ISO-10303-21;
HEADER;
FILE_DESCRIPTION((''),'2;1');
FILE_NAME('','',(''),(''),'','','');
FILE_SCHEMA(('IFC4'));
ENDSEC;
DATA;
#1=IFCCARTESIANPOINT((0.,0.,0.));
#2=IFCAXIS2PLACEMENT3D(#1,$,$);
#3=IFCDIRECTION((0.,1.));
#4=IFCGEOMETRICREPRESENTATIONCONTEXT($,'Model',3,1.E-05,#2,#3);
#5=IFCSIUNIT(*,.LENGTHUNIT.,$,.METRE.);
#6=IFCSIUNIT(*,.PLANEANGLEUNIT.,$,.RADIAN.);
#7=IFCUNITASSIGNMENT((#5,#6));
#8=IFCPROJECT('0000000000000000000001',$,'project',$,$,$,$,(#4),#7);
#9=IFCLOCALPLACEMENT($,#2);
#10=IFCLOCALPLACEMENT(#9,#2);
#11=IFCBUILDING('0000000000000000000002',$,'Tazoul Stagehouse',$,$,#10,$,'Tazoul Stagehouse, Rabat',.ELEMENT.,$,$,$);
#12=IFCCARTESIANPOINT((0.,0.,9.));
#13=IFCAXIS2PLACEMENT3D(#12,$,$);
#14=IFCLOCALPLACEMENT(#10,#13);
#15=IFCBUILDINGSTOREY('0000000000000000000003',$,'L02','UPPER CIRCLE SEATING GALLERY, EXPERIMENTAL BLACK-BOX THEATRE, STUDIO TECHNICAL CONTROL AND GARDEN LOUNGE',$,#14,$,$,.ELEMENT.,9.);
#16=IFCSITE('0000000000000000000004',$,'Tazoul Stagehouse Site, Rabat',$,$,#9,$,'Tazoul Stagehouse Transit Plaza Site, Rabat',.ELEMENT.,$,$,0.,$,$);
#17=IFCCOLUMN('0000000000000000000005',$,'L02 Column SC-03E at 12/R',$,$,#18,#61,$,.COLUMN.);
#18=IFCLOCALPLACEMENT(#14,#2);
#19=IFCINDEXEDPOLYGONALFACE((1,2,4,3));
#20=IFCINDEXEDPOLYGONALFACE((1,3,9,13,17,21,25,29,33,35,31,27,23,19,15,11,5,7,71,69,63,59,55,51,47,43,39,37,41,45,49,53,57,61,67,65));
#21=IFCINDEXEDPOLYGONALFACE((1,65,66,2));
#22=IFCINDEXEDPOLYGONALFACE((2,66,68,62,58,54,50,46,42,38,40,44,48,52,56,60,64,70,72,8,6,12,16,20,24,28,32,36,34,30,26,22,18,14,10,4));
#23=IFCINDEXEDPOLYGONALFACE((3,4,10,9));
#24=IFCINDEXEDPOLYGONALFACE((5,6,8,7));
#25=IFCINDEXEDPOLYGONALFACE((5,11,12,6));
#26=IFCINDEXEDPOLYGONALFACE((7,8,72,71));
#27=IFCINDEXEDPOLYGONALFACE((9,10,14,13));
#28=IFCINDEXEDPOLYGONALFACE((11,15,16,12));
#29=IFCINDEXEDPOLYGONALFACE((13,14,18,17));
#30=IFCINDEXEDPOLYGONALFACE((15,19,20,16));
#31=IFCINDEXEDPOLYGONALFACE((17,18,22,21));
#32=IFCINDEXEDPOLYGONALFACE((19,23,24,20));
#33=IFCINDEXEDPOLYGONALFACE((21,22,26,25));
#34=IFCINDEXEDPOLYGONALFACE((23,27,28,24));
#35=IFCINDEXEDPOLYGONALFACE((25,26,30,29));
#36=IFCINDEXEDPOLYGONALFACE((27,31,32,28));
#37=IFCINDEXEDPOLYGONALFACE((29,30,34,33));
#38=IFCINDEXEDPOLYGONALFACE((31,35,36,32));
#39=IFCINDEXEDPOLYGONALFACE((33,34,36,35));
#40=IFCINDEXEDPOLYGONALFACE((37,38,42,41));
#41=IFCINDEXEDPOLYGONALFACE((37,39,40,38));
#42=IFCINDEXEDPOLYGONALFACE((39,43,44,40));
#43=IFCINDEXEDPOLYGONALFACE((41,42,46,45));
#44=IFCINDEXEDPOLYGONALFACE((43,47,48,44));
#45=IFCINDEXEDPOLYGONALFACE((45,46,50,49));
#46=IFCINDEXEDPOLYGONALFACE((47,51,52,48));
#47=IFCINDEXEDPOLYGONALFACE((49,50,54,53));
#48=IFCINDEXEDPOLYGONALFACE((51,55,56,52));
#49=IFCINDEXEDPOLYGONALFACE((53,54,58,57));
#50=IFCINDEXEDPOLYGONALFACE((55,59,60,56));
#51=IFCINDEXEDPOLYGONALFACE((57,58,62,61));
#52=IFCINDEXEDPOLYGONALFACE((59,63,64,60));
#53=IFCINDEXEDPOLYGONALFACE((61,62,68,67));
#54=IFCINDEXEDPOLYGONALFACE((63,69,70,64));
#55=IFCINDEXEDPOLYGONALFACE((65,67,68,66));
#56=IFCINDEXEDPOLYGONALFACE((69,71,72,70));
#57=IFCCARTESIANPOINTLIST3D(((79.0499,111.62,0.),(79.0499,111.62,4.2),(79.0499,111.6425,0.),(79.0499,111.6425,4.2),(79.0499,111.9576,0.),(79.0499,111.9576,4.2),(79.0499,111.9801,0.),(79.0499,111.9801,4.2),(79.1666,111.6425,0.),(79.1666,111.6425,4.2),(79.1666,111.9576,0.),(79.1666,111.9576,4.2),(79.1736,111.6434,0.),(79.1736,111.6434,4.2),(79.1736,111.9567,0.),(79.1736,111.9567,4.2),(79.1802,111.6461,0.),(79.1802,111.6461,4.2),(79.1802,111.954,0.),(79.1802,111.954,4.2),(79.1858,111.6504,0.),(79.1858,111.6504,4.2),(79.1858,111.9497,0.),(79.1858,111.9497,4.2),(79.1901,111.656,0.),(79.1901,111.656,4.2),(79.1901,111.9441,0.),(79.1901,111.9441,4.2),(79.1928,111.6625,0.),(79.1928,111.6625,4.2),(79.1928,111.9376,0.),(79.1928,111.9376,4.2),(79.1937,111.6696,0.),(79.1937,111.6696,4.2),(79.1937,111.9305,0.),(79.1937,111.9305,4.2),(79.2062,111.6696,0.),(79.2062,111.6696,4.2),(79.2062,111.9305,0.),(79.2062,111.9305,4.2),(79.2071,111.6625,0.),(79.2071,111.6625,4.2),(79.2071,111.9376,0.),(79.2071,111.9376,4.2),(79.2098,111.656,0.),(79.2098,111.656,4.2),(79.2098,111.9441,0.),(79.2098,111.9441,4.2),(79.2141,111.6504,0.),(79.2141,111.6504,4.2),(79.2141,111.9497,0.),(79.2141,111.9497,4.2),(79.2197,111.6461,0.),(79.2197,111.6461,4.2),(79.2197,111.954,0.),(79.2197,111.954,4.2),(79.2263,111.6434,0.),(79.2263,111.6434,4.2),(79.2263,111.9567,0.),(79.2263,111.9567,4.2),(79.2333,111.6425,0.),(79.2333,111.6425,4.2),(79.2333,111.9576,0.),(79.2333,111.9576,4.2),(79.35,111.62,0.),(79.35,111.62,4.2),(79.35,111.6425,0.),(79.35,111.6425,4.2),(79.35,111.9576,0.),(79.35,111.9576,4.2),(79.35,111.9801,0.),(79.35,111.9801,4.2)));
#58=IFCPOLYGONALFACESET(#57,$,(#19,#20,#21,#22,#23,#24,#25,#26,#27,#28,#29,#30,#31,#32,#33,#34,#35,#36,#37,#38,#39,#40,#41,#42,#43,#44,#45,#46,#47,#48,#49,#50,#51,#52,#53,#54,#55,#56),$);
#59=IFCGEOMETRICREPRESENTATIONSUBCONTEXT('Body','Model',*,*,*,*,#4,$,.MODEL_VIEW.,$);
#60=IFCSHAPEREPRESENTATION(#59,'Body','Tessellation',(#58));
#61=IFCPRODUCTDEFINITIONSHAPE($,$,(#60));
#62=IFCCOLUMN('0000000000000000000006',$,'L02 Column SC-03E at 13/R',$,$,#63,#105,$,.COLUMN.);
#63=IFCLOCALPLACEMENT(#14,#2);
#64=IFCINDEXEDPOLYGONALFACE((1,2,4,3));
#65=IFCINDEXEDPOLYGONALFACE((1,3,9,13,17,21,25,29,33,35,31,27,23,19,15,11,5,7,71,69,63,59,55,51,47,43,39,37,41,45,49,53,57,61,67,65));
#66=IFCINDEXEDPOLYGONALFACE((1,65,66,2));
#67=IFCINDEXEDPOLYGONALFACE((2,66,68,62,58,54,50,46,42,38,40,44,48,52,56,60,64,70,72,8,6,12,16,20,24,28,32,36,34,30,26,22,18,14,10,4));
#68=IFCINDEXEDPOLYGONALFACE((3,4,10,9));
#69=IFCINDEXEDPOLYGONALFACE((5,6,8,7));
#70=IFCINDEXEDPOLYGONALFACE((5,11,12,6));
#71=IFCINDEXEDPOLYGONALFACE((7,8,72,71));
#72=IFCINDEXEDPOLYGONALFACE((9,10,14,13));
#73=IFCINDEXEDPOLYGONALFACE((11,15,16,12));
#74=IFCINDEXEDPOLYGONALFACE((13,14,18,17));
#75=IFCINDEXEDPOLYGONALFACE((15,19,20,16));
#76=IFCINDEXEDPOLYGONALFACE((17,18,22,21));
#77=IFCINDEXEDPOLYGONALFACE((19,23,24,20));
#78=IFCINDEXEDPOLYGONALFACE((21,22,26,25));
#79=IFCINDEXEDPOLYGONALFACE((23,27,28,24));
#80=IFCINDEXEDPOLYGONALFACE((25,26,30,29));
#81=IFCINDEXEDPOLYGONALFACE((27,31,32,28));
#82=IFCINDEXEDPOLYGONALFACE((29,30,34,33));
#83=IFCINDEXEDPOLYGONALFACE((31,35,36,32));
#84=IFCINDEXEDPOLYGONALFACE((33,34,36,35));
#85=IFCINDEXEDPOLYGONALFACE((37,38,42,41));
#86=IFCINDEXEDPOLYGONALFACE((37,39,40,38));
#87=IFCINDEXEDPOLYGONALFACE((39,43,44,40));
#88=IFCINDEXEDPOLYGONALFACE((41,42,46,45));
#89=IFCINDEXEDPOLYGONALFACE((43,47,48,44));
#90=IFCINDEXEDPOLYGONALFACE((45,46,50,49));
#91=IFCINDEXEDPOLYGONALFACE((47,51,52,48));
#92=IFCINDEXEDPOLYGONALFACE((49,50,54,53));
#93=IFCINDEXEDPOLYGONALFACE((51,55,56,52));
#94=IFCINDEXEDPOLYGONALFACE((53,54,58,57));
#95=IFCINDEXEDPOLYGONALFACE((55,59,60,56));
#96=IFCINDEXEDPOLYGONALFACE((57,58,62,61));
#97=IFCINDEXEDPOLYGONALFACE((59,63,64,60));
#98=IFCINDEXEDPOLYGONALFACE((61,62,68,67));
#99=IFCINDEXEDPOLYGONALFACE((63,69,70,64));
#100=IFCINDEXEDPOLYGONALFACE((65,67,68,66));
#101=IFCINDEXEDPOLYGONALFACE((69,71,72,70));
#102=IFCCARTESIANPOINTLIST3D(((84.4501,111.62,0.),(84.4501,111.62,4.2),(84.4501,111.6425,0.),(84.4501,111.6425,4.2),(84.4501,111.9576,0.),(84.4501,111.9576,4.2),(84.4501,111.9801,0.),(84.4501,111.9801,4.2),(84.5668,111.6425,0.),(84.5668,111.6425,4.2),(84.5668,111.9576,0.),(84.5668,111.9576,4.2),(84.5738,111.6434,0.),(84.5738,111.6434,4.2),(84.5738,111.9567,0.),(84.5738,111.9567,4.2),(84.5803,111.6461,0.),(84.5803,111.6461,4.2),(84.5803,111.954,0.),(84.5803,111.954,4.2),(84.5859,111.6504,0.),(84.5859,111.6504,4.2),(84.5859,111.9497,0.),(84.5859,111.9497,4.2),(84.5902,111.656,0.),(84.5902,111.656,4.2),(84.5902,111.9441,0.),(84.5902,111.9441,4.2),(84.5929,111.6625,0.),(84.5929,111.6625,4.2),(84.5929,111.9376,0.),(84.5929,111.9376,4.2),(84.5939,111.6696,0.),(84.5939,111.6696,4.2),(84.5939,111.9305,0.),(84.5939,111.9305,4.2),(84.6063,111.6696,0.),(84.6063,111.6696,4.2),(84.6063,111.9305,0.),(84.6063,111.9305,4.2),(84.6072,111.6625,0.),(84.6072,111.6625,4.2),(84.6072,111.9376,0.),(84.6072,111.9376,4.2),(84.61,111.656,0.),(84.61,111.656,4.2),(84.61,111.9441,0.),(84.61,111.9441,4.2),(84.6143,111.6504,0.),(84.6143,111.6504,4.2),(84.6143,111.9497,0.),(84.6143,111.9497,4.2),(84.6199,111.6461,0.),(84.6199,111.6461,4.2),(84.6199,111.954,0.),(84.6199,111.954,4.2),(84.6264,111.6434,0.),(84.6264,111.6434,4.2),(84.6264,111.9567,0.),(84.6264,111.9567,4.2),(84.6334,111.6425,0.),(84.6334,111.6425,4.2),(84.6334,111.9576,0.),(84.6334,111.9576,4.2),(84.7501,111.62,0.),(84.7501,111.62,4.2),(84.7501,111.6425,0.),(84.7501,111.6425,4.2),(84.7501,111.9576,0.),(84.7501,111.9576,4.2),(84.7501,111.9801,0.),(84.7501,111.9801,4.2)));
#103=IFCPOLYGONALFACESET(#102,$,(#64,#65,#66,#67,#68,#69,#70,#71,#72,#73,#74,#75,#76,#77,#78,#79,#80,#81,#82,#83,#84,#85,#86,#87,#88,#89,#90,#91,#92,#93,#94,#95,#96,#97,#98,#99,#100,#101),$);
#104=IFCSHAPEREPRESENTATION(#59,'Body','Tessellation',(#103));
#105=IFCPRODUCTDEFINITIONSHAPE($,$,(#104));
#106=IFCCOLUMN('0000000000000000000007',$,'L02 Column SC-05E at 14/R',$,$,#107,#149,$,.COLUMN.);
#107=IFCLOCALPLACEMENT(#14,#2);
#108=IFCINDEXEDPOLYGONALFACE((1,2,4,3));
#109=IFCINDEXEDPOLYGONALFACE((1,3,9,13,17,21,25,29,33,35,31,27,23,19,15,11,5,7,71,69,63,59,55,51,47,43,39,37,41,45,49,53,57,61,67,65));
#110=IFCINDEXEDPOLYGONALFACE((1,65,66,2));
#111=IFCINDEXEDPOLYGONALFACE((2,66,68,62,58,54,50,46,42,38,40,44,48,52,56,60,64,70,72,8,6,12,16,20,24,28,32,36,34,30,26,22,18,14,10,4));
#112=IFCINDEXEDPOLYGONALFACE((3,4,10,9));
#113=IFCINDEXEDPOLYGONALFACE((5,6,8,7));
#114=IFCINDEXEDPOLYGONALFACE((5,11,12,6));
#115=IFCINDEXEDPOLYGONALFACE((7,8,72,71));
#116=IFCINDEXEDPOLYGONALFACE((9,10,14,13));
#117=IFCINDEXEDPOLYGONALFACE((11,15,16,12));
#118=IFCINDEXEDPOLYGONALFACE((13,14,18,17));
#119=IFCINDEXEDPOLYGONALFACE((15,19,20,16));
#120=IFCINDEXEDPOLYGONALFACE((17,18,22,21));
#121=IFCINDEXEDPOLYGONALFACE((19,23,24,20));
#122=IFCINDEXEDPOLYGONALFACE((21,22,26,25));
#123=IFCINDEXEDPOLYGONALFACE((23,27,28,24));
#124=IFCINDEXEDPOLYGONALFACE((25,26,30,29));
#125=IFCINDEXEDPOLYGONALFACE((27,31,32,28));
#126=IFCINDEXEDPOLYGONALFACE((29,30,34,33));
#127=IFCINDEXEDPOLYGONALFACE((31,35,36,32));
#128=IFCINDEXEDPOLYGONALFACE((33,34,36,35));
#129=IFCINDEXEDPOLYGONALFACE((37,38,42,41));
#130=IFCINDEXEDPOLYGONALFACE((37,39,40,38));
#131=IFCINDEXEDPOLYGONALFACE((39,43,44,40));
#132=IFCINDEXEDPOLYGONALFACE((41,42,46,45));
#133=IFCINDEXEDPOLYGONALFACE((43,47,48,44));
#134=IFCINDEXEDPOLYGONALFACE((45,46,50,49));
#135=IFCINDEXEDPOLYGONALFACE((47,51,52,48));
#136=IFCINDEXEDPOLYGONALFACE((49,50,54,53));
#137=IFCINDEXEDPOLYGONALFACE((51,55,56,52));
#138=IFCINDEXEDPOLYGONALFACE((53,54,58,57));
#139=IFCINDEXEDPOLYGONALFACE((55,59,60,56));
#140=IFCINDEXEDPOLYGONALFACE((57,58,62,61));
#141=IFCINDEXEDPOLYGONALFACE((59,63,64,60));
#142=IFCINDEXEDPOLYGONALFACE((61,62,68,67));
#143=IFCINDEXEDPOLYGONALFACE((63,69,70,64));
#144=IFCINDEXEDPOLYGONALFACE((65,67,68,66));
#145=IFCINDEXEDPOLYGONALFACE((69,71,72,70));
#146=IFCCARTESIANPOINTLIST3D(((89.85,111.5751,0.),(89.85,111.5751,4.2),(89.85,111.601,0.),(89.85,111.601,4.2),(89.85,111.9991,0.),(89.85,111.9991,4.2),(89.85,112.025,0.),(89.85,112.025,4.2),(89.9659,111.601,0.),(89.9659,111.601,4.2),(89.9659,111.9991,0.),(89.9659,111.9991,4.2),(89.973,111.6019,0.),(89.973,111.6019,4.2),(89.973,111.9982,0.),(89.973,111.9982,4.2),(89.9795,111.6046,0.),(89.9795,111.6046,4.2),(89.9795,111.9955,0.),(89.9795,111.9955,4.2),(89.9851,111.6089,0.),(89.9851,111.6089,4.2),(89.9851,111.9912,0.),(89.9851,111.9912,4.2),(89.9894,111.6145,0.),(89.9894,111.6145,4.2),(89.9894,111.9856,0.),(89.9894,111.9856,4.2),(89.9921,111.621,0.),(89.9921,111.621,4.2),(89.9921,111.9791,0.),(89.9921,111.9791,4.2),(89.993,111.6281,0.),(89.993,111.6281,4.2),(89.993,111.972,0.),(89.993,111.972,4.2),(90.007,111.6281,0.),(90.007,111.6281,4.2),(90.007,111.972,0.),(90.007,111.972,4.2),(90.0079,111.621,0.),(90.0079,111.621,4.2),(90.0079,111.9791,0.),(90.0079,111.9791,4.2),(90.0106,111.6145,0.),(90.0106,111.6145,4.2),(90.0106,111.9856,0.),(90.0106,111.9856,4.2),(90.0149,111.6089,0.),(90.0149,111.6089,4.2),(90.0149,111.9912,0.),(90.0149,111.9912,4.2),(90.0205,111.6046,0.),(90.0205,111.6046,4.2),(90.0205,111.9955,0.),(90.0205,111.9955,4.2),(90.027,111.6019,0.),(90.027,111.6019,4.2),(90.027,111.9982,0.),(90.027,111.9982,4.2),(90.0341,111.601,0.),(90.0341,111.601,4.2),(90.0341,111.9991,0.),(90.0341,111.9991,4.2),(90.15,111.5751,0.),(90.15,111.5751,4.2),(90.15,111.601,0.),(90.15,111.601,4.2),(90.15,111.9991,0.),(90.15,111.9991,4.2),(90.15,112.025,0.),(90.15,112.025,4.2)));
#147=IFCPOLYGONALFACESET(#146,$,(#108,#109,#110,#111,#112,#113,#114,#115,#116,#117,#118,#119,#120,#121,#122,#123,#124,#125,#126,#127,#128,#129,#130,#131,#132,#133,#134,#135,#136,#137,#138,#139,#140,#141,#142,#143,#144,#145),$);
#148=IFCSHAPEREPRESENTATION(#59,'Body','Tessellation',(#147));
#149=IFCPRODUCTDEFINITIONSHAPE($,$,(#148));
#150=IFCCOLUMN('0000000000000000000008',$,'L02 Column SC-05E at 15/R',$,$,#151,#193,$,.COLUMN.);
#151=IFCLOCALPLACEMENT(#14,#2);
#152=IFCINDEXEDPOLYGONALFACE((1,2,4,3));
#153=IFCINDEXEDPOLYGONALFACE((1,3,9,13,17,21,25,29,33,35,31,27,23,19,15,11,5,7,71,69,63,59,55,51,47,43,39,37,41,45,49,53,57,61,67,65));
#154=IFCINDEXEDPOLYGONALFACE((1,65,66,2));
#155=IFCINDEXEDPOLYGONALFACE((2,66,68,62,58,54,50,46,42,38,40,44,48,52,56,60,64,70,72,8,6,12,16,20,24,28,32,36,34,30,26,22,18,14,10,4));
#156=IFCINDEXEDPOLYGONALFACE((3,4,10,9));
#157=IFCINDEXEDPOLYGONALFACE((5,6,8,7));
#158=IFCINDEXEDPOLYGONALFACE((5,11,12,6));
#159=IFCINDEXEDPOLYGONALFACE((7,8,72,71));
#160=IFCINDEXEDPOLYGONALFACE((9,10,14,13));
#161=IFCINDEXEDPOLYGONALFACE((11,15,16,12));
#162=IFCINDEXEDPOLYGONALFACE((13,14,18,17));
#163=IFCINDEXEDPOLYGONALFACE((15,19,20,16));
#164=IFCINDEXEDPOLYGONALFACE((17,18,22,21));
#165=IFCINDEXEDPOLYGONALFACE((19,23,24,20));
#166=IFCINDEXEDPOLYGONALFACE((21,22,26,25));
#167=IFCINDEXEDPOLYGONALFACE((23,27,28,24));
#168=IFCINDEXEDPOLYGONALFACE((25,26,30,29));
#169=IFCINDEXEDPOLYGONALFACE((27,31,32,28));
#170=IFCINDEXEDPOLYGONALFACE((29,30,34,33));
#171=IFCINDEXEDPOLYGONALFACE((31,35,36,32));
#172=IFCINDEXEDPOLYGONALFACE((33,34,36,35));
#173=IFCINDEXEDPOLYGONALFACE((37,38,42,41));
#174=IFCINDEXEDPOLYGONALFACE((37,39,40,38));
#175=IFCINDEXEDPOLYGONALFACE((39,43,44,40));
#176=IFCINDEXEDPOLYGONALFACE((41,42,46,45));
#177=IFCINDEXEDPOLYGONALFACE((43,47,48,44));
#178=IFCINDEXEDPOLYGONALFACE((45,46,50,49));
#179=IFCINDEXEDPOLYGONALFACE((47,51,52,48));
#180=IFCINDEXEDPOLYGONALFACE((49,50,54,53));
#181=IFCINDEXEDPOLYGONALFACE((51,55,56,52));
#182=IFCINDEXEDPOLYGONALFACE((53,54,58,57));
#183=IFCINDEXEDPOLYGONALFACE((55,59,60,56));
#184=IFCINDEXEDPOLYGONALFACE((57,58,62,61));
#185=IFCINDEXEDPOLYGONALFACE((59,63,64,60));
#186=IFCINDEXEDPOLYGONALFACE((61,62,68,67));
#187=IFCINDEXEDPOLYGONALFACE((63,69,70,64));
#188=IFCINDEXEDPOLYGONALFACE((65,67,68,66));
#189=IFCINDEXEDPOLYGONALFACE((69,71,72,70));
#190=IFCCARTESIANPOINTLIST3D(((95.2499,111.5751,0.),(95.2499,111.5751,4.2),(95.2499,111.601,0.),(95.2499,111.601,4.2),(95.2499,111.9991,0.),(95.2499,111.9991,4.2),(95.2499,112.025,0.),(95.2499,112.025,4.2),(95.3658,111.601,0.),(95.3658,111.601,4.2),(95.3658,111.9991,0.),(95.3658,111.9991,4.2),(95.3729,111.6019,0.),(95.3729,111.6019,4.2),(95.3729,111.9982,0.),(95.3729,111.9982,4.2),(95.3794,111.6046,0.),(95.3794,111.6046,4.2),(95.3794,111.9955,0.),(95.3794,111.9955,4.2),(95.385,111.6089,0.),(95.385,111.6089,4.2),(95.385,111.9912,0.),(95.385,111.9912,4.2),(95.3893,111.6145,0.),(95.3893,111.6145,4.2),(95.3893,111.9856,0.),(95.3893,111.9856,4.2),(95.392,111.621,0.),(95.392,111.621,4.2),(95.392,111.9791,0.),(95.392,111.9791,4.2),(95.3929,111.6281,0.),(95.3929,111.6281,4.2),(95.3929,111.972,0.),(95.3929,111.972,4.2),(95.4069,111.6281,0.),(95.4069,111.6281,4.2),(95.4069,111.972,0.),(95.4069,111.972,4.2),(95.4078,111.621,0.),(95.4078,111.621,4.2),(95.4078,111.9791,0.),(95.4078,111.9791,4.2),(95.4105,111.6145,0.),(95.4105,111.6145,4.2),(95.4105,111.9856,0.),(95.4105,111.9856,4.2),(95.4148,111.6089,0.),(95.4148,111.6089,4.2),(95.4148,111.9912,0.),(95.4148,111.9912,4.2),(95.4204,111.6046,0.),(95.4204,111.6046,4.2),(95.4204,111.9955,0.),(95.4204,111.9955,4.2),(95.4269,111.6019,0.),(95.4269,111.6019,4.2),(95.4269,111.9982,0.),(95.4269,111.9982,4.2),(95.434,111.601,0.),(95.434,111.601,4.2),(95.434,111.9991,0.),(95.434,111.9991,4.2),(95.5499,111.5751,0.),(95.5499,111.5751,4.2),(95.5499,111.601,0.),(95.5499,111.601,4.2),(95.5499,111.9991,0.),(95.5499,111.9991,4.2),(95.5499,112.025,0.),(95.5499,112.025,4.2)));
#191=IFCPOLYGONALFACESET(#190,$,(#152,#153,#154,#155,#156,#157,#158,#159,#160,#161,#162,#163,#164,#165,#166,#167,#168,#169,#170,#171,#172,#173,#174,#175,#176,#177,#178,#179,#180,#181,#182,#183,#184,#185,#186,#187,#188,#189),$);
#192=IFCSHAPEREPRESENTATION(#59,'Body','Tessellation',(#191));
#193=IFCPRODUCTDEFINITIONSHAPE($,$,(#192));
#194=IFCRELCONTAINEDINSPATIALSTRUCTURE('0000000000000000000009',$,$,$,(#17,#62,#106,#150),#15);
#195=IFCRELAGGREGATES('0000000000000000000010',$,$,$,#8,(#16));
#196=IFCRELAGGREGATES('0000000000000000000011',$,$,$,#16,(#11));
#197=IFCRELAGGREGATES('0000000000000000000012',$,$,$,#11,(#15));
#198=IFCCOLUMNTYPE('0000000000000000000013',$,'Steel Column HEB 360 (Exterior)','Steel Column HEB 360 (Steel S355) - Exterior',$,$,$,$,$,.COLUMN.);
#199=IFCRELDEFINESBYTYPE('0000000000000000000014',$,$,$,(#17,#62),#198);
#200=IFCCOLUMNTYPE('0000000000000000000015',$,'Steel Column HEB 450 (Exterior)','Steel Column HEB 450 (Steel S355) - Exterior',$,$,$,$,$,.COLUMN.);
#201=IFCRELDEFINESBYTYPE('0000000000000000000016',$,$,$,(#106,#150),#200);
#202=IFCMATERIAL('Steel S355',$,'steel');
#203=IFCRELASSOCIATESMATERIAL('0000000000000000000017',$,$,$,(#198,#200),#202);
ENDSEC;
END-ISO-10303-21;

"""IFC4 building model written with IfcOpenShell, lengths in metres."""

from ifc_helpers import new_model, si_unit, direction, frame, origin, origin_2d, place, context, subcontext, project, spatial, i_section, extrude, material, material_profile, profile_set, type_object, element, save


model = new_model("IFC4")

# Units and contexts
model_context = context("Model", 3, precision=1e-05, world=origin(), true_north=direction((0.0, 1.0)))
body_context = subcontext(model_context, "Body", "Model", "MODEL_VIEW")
ifc_project = project(units=[si_unit("LENGTHUNIT", "METRE"), si_unit("PLANEANGLEUNIT", "RADIAN")], contexts=[model_context])

# Site, building, storey
site_placement = place(None, origin())
site = spatial("IfcSite", under=ifc_project, at=site_placement, Name="Tazoul Stagehouse Site, Rabat", LongName="Tazoul Stagehouse Transit Plaza Site, Rabat", CompositionType="ELEMENT", RefElevation=0.0)
building_placement = place(site_placement, origin())
building = spatial("IfcBuilding", under=site, at=building_placement, Name="Tazoul Stagehouse", LongName="Tazoul Stagehouse, Rabat", CompositionType="ELEMENT")
storey_placement = place(building_placement, frame((0.0, 0.0, 9.0)))
storey = spatial("IfcBuildingStorey", under=building, at=storey_placement, Name="L02", Description="UPPER CIRCLE SEATING GALLERY, EXPERIMENTAL BLACK-BOX THEATRE, STUDIO TECHNICAL CONTROL AND GARDEN LOUNGE", CompositionType="ELEMENT", Elevation=9.0)

# Columns
ifc_material_1 = material(Name="Steel S355", Category="steel")
ifc_material_profile_1 = material_profile(ifc_material_1, i_section(OverallWidth=0.3, OverallDepth=0.3601, WebThickness=0.0125, FlangeThickness=0.0225, FilletRadius=0.0271, at=origin_2d()), Name="HEB 360")
ifc_profile_set_1 = profile_set([ifc_material_profile_1], Name="Steel S355")
column_type_1 = type_object("IfcColumnType", Name="Steel Column HEB 360 (Exterior)", Description="Steel Column HEB 360 (Steel S355) - Exterior", PredefinedType="COLUMN", material=ifc_profile_set_1)
for number, where, z_axis, x_axis, name in (
    (1, (79.2, 111.8, 0.0), (0.0, 0.0, 1.0), (1.0, 0.0, 0.0), "L02 Column SC-03E at 12/R"),
    (2, (84.6001, 111.8, 0.0), (0.0, 0.0, 1.0), (1.0, 0.0, 0.0), "L02 Column SC-03E at 13/R"),
):
    element("IfcColumn", number, at=place(storey_placement, frame(where, z_axis=z_axis, x_axis=x_axis)), inside=storey, type_object=column_type_1, Name=name, PredefinedType="COLUMN", context=body_context, shape_type="SweptSolid", body=[
        extrude(i_section(OverallWidth=0.3, OverallDepth=0.3601, WebThickness=0.0125, FlangeThickness=0.0225, FilletRadius=0.0271, at=origin_2d()), origin(), (0.0, 0.0, 1.0), 4.2),
    ])
ifc_material_profile_2 = material_profile(ifc_material_1, i_section(OverallWidth=0.3, OverallDepth=0.45, WebThickness=0.0139, FlangeThickness=0.0259, FilletRadius=0.0271, at=origin_2d()), Name="HEB 450")
ifc_profile_set_2 = profile_set([ifc_material_profile_2], Name="Steel S355")
column_type_2 = type_object("IfcColumnType", Name="Steel Column HEB 450 (Exterior)", Description="Steel Column HEB 450 (Steel S355) - Exterior", PredefinedType="COLUMN", material=ifc_profile_set_2)
for number, where, z_axis, x_axis, name in (
    (3, (90.0, 111.8, 0.0), (0.0, 0.0, 1.0), (1.0, 0.0, 0.0), "L02 Column SC-05E at 14/R"),
    (4, (95.3999, 111.8, 0.0), (0.0, 0.0, 1.0), (1.0, 0.0, 0.0), "L02 Column SC-05E at 15/R"),
):
    element("IfcColumn", number, at=place(storey_placement, frame(where, z_axis=z_axis, x_axis=x_axis)), inside=storey, type_object=column_type_2, Name=name, PredefinedType="COLUMN", context=body_context, shape_type="SweptSolid", body=[
        extrude(i_section(OverallWidth=0.3, OverallDepth=0.45, WebThickness=0.0139, FlangeThickness=0.0259, FilletRadius=0.0271, at=origin_2d()), origin(), (0.0, 0.0, 1.0), 4.2),
    ])

save(model, "model.ifc")
